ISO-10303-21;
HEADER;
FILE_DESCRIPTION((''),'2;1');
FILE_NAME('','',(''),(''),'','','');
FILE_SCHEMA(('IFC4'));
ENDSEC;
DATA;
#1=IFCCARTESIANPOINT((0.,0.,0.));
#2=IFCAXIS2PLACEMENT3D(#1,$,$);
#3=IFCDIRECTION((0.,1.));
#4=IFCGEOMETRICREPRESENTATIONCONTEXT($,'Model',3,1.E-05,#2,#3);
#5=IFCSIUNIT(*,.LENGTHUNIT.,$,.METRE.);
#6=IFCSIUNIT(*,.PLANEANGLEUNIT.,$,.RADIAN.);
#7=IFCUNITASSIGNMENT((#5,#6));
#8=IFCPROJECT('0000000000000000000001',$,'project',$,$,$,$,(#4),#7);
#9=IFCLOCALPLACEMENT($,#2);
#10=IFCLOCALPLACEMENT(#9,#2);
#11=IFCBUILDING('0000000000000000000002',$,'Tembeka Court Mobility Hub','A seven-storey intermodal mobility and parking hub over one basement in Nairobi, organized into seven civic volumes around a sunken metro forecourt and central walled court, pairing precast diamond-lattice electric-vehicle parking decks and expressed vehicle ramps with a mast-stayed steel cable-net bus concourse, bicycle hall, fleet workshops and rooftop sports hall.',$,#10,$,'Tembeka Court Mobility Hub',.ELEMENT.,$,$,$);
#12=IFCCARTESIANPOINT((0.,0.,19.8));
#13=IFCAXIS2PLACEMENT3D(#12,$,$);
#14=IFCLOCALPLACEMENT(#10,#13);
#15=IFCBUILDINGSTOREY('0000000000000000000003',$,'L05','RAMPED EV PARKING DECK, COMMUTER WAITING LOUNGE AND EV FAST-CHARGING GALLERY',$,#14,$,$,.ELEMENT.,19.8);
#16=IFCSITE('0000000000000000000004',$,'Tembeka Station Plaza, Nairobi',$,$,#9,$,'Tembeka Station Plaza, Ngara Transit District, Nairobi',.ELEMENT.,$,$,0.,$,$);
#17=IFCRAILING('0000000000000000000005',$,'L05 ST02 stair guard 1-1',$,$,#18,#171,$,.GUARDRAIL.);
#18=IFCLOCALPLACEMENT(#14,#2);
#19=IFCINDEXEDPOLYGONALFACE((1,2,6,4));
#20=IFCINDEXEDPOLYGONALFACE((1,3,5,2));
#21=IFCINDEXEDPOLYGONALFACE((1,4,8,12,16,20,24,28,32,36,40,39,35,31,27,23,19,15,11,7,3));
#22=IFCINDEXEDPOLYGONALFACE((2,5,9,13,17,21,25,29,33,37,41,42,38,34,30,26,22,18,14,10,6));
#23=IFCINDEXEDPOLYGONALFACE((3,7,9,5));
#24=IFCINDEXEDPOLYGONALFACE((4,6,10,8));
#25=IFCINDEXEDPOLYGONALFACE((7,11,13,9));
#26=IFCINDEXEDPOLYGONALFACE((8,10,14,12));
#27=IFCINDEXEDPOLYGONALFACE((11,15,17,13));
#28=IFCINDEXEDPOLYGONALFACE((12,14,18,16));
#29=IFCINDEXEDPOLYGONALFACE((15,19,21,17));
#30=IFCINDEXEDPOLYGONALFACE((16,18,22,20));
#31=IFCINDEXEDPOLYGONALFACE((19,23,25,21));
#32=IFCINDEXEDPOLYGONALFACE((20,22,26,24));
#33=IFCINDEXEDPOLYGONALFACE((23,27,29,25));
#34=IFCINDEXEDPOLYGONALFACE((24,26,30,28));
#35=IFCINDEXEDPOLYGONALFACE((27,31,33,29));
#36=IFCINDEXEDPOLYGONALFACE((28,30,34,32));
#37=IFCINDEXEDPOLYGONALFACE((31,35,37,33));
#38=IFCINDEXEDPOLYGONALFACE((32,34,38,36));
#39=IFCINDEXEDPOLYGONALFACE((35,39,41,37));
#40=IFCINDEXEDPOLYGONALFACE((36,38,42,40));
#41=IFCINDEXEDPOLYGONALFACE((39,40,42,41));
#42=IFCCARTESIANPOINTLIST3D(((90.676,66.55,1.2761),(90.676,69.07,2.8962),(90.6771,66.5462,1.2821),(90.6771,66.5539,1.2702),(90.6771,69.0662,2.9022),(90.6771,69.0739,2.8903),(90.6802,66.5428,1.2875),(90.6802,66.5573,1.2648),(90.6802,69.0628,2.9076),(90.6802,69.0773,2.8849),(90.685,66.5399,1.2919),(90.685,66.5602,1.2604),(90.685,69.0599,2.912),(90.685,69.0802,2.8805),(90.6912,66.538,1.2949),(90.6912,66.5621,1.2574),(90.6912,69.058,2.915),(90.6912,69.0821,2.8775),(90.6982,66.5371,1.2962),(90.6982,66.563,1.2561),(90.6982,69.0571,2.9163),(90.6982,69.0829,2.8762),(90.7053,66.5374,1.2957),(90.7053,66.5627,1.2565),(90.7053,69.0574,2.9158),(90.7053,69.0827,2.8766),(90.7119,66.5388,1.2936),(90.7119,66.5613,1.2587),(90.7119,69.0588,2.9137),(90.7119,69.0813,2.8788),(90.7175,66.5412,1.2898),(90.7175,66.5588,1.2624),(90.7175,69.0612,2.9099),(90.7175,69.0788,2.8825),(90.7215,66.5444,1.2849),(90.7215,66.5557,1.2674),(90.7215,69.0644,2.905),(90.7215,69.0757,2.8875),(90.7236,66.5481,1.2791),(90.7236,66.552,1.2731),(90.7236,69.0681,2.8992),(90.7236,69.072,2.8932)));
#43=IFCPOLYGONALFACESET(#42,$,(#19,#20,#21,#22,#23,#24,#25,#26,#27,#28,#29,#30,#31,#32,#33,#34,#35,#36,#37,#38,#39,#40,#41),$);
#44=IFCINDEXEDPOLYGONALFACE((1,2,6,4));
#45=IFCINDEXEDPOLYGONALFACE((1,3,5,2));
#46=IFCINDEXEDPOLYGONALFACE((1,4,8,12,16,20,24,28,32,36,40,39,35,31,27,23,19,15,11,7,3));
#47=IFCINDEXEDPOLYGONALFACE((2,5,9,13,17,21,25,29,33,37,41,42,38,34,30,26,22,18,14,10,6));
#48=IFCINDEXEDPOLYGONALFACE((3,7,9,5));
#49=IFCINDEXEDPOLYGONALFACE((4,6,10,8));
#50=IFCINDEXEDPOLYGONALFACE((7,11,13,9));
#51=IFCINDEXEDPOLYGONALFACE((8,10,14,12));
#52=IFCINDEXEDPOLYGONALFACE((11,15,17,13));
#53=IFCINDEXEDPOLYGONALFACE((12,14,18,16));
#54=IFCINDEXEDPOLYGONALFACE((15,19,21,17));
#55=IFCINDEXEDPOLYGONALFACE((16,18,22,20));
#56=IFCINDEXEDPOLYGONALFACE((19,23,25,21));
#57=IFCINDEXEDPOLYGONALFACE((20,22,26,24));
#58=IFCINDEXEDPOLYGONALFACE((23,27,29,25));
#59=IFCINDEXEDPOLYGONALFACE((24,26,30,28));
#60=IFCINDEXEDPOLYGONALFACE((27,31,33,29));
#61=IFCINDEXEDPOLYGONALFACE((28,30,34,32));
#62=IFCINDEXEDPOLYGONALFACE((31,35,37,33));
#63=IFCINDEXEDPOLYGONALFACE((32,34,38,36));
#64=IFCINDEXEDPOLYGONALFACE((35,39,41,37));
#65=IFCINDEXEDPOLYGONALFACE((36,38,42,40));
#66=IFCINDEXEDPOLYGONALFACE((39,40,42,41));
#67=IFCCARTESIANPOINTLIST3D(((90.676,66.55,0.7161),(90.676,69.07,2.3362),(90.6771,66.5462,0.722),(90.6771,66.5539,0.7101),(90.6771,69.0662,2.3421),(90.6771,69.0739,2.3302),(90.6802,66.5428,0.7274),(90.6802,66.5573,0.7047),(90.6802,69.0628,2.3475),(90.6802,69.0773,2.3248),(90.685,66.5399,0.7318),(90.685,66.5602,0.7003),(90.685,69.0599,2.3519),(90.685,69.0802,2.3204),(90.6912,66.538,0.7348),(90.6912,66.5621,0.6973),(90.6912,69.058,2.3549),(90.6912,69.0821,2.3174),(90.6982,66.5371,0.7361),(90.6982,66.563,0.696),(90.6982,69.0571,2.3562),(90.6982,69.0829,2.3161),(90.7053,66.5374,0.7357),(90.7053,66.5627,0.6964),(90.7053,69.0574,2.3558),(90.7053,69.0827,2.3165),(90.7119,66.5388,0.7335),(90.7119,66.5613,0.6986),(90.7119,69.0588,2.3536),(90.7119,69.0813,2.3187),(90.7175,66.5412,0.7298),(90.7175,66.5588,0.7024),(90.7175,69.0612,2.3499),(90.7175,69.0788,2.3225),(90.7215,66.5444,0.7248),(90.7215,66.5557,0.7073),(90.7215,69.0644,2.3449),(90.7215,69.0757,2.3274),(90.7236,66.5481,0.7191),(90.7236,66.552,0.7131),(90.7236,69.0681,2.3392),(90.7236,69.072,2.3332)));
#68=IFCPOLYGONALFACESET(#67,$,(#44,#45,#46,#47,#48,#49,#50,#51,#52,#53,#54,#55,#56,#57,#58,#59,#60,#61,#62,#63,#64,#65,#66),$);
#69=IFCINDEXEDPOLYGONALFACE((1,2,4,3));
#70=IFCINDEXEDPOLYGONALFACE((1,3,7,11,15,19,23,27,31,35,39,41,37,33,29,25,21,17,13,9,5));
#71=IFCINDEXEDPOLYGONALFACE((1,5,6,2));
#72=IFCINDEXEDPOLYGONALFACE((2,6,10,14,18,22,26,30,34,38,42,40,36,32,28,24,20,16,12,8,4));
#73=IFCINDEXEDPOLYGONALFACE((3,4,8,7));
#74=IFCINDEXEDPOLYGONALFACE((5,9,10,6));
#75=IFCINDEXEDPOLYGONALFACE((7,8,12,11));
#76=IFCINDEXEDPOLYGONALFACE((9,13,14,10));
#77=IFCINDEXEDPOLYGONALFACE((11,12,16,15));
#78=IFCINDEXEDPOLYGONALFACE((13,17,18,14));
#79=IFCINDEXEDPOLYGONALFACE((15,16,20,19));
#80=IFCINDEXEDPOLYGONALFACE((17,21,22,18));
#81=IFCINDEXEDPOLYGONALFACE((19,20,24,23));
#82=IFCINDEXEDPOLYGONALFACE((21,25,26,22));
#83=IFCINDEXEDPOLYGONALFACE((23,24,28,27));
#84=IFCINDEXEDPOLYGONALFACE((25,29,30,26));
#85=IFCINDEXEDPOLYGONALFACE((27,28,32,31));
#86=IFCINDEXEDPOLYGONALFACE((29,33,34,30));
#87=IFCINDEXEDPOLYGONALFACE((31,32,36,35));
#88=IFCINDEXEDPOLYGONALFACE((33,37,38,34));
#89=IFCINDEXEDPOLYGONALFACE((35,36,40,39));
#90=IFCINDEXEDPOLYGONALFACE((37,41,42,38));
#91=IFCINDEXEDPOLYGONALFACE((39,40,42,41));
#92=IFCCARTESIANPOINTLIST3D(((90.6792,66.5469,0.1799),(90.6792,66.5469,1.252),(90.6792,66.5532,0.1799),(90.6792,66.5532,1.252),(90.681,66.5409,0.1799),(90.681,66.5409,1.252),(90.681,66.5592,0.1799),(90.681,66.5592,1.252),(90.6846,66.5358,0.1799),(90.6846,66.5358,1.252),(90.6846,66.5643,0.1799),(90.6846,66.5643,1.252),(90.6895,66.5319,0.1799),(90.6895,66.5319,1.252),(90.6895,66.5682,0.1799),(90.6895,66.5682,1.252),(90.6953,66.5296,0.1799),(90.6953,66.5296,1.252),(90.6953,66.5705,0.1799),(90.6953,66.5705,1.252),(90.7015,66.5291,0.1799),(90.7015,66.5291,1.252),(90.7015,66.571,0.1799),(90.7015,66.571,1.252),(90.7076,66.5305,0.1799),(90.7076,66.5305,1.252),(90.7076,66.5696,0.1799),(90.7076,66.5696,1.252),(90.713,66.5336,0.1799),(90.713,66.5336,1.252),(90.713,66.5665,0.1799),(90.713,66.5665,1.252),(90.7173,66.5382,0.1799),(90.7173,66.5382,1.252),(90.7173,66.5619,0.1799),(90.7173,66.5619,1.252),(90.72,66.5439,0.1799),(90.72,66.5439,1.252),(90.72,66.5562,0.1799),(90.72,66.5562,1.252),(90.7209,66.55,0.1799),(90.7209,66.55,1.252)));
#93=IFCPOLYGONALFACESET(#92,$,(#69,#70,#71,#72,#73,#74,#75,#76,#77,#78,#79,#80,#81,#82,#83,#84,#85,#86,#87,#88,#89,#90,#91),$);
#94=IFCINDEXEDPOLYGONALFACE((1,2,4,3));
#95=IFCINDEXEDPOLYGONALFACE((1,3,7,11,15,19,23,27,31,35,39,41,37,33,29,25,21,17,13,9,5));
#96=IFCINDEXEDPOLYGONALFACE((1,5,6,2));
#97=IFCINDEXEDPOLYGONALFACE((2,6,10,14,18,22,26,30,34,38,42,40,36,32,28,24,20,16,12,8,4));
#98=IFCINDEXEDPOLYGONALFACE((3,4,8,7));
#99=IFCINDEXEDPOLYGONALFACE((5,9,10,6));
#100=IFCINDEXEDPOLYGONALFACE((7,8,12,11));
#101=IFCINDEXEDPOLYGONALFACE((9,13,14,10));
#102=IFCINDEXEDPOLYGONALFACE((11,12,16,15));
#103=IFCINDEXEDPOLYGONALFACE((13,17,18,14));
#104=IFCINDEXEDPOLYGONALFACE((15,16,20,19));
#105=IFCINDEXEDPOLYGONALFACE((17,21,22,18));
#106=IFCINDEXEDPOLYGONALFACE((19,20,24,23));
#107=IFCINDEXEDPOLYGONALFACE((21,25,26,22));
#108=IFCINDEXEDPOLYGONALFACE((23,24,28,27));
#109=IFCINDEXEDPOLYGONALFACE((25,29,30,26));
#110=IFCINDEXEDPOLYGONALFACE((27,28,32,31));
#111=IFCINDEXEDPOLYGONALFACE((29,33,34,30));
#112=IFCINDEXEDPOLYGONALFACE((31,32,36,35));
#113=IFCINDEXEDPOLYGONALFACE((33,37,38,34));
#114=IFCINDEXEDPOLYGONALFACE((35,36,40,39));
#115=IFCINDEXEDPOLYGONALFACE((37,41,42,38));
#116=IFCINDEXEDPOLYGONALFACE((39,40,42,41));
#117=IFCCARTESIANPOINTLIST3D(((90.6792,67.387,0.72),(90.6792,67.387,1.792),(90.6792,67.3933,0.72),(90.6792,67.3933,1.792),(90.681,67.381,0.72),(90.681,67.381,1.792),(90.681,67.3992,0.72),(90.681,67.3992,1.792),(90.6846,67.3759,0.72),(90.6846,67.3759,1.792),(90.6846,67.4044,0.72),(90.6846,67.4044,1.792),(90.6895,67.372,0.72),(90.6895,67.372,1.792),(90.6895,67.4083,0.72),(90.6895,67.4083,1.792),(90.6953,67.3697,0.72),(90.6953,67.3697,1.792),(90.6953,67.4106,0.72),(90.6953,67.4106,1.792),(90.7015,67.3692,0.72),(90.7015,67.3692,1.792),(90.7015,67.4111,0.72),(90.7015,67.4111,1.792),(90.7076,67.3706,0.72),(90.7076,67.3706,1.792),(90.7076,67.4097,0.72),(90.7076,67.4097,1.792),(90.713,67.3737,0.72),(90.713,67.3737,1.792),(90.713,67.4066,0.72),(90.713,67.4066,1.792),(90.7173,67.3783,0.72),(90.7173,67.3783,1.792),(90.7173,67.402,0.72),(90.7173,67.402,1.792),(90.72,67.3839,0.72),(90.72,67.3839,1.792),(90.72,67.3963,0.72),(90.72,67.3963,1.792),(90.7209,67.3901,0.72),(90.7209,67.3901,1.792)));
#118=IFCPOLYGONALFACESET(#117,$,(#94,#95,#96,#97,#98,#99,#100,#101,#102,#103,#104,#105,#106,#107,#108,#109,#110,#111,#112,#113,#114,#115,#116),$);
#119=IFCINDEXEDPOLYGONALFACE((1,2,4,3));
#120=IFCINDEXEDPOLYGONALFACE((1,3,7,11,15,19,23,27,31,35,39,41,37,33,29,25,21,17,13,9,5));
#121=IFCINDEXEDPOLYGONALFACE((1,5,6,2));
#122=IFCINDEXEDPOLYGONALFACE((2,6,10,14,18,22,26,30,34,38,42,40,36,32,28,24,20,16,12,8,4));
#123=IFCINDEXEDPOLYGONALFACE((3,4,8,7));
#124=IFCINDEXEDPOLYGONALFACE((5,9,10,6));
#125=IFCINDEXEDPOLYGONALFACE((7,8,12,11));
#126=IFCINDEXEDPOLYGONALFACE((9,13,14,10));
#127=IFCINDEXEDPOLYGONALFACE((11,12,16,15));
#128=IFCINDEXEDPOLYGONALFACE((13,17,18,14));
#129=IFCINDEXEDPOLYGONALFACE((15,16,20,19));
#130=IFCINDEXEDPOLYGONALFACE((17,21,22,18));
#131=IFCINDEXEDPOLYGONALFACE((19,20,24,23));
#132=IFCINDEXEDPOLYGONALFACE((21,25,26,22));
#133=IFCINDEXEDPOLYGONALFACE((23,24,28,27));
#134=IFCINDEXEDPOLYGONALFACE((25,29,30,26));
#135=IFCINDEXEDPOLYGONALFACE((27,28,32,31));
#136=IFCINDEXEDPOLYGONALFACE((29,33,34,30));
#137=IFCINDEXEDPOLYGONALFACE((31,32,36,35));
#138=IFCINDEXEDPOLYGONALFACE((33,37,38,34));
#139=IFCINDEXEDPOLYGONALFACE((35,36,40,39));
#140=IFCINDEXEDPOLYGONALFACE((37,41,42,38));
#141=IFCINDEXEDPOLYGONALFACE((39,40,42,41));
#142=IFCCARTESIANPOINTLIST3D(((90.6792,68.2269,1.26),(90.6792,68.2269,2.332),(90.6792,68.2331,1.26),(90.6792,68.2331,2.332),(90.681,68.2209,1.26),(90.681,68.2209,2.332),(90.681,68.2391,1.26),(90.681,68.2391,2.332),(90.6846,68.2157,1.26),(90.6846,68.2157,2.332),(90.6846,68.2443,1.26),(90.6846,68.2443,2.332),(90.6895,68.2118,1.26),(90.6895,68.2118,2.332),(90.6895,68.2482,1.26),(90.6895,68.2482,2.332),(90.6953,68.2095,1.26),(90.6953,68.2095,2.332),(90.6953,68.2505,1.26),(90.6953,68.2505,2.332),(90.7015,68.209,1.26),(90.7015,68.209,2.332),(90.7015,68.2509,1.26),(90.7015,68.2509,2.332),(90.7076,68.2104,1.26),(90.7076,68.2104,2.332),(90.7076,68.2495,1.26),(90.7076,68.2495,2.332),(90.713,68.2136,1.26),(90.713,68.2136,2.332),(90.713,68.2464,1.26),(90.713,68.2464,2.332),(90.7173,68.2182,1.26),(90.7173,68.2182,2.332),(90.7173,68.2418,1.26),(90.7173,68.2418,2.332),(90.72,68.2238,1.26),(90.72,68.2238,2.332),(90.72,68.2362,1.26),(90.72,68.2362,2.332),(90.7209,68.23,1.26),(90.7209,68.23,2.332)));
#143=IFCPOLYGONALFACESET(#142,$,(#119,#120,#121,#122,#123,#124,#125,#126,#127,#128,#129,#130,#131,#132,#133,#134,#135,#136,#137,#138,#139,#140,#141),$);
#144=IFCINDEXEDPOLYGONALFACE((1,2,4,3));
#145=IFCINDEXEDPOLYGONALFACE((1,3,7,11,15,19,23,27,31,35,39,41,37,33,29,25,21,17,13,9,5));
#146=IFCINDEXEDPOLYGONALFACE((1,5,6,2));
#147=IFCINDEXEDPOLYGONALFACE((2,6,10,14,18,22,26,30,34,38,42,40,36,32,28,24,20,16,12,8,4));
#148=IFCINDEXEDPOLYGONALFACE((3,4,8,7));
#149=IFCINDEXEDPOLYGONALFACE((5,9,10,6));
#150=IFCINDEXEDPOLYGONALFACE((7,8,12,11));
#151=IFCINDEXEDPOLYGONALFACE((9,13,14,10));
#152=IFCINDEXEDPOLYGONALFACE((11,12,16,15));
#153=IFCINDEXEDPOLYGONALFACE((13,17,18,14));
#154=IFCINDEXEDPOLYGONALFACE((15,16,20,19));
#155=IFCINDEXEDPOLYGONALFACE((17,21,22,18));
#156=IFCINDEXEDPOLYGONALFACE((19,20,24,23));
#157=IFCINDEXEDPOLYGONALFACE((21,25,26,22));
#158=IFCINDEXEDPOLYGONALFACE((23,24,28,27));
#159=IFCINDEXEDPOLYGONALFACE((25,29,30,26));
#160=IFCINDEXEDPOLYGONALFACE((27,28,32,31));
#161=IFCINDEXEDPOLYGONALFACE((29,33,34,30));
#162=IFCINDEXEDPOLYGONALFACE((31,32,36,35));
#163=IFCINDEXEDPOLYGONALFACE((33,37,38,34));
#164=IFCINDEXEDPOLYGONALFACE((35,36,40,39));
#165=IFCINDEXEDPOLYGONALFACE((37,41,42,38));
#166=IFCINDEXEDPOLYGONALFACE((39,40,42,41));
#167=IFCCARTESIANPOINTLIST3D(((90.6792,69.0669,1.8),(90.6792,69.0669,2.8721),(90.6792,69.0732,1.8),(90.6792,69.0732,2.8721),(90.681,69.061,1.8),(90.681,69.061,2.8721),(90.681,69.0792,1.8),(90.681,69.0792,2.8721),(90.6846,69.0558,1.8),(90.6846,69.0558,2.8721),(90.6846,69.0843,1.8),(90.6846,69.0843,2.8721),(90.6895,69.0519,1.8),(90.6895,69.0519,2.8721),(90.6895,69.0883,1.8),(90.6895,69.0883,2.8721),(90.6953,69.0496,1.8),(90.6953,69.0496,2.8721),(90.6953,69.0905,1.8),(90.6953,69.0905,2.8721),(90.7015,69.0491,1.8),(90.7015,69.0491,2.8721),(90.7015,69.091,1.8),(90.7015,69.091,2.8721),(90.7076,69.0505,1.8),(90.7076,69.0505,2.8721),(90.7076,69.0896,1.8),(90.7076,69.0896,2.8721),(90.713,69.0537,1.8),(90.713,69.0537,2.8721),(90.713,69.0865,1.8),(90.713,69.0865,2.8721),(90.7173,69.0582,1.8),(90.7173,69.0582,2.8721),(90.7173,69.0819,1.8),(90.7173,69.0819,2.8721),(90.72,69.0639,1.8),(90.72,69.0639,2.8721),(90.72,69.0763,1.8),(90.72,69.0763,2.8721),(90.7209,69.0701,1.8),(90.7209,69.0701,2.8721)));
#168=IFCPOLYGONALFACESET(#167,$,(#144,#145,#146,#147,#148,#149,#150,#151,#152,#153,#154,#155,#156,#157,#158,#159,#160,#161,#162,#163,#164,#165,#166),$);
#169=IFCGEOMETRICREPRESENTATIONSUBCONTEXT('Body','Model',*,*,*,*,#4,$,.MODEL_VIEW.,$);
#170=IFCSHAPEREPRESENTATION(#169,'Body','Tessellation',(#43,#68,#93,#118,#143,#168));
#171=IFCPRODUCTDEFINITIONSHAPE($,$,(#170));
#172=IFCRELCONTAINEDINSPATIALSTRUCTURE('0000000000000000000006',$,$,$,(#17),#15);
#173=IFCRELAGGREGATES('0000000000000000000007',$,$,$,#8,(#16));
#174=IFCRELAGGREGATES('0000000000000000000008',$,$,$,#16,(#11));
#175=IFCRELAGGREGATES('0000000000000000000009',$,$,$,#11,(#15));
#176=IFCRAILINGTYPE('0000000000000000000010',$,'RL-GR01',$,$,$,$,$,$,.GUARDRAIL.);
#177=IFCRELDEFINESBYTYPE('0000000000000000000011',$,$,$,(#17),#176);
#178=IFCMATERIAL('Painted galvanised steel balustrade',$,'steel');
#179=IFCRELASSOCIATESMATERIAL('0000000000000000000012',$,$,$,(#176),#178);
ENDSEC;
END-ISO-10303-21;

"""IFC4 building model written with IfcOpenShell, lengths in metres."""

from ifc_helpers import new_model, si_unit, direction, frame, origin, origin_2d, place, context, subcontext, project, spatial, circle, extrude, material, type_object, element, save


model = new_model("IFC4")

# Units and contexts
model_context = context("Model", 3, precision=1e-05, world=origin(), true_north=direction((0.0, 1.0)))
body_context = subcontext(model_context, "Body", "Model", "MODEL_VIEW")
ifc_project = project(units=[si_unit("LENGTHUNIT", "METRE"), si_unit("PLANEANGLEUNIT", "RADIAN")], contexts=[model_context])

# Site, building, storey
site_placement = place(None, origin())
site = spatial("IfcSite", under=ifc_project, at=site_placement, Name="Tembeka Station Plaza, Nairobi", LongName="Tembeka Station Plaza, Ngara Transit District, Nairobi", CompositionType="ELEMENT", RefElevation=0.0)
building_placement = place(site_placement, origin())
building = spatial("IfcBuilding", under=site, at=building_placement, Name="Tembeka Court Mobility Hub", Description="A seven-storey intermodal mobility and parking hub over one basement in Nairobi, organized into seven civic volumes around a sunken metro forecourt and central walled court, pairing precast diamond-lattice electric-vehicle parking decks and expressed vehicle ramps with a mast-stayed steel cable-net bus concourse, bicycle hall, fleet workshops and rooftop sports hall.", LongName="Tembeka Court Mobility Hub", CompositionType="ELEMENT")
storey_placement = place(building_placement, frame((0.0, 0.0, 19.8)))
storey = spatial("IfcBuildingStorey", under=building, at=storey_placement, Name="L05", Description="RAMPED EV PARKING DECK, COMMUTER WAITING LOUNGE AND EV FAST-CHARGING GALLERY", CompositionType="ELEMENT", Elevation=19.8)

# Railing
ifc_material_1 = material(Name="Painted galvanised steel balustrade", Category="steel")
railing_type_1 = type_object("IfcRailingType", Name="RL-GR01", PredefinedType="GUARDRAIL", material=ifc_material_1)
railing_1_placement = place(storey_placement, frame((90.7, 66.55, 0.1799)))
element("IfcRailing", 1, at=railing_1_placement, inside=storey, type_object=railing_type_1, Name="L05 ST02 stair guard 1-1", PredefinedType="GUARDRAIL", context=body_context, shape_type="SweptSolid", body=[
    extrude(circle(Radius=0.0239, at=origin_2d()), frame((0.0, 0.0, 1.0962), z_axis=(0.0, 0.841163, 0.540782), x_axis=(-1.0, 0.0, 0.0)), (0.0, 0.0, 1.0), 2.9958),
    extrude(circle(Radius=0.0239, at=origin_2d()), frame((0.0, 0.0, 0.5361), z_axis=(0.0, 0.841163, 0.540782), x_axis=(-1.0, 0.0, 0.0)), (0.0, 0.0, 1.0), 2.9958),
    extrude(circle(Radius=0.021, at=origin_2d()), origin(), (0.0, 0.0, 1.0), 1.072),
    extrude(circle(Radius=0.021, at=origin_2d()), frame((0.0, 0.8401, 0.54)), (0.0, 0.0, 1.0), 1.072),
    extrude(circle(Radius=0.021, at=origin_2d()), frame((0.0, 1.6799, 1.0801)), (0.0, 0.0, 1.0), 1.072),
    extrude(circle(Radius=0.021, at=origin_2d()), frame((0.0, 2.52, 1.6201)), (0.0, 0.0, 1.0), 1.072),
])

save(model, "model.ifc")
